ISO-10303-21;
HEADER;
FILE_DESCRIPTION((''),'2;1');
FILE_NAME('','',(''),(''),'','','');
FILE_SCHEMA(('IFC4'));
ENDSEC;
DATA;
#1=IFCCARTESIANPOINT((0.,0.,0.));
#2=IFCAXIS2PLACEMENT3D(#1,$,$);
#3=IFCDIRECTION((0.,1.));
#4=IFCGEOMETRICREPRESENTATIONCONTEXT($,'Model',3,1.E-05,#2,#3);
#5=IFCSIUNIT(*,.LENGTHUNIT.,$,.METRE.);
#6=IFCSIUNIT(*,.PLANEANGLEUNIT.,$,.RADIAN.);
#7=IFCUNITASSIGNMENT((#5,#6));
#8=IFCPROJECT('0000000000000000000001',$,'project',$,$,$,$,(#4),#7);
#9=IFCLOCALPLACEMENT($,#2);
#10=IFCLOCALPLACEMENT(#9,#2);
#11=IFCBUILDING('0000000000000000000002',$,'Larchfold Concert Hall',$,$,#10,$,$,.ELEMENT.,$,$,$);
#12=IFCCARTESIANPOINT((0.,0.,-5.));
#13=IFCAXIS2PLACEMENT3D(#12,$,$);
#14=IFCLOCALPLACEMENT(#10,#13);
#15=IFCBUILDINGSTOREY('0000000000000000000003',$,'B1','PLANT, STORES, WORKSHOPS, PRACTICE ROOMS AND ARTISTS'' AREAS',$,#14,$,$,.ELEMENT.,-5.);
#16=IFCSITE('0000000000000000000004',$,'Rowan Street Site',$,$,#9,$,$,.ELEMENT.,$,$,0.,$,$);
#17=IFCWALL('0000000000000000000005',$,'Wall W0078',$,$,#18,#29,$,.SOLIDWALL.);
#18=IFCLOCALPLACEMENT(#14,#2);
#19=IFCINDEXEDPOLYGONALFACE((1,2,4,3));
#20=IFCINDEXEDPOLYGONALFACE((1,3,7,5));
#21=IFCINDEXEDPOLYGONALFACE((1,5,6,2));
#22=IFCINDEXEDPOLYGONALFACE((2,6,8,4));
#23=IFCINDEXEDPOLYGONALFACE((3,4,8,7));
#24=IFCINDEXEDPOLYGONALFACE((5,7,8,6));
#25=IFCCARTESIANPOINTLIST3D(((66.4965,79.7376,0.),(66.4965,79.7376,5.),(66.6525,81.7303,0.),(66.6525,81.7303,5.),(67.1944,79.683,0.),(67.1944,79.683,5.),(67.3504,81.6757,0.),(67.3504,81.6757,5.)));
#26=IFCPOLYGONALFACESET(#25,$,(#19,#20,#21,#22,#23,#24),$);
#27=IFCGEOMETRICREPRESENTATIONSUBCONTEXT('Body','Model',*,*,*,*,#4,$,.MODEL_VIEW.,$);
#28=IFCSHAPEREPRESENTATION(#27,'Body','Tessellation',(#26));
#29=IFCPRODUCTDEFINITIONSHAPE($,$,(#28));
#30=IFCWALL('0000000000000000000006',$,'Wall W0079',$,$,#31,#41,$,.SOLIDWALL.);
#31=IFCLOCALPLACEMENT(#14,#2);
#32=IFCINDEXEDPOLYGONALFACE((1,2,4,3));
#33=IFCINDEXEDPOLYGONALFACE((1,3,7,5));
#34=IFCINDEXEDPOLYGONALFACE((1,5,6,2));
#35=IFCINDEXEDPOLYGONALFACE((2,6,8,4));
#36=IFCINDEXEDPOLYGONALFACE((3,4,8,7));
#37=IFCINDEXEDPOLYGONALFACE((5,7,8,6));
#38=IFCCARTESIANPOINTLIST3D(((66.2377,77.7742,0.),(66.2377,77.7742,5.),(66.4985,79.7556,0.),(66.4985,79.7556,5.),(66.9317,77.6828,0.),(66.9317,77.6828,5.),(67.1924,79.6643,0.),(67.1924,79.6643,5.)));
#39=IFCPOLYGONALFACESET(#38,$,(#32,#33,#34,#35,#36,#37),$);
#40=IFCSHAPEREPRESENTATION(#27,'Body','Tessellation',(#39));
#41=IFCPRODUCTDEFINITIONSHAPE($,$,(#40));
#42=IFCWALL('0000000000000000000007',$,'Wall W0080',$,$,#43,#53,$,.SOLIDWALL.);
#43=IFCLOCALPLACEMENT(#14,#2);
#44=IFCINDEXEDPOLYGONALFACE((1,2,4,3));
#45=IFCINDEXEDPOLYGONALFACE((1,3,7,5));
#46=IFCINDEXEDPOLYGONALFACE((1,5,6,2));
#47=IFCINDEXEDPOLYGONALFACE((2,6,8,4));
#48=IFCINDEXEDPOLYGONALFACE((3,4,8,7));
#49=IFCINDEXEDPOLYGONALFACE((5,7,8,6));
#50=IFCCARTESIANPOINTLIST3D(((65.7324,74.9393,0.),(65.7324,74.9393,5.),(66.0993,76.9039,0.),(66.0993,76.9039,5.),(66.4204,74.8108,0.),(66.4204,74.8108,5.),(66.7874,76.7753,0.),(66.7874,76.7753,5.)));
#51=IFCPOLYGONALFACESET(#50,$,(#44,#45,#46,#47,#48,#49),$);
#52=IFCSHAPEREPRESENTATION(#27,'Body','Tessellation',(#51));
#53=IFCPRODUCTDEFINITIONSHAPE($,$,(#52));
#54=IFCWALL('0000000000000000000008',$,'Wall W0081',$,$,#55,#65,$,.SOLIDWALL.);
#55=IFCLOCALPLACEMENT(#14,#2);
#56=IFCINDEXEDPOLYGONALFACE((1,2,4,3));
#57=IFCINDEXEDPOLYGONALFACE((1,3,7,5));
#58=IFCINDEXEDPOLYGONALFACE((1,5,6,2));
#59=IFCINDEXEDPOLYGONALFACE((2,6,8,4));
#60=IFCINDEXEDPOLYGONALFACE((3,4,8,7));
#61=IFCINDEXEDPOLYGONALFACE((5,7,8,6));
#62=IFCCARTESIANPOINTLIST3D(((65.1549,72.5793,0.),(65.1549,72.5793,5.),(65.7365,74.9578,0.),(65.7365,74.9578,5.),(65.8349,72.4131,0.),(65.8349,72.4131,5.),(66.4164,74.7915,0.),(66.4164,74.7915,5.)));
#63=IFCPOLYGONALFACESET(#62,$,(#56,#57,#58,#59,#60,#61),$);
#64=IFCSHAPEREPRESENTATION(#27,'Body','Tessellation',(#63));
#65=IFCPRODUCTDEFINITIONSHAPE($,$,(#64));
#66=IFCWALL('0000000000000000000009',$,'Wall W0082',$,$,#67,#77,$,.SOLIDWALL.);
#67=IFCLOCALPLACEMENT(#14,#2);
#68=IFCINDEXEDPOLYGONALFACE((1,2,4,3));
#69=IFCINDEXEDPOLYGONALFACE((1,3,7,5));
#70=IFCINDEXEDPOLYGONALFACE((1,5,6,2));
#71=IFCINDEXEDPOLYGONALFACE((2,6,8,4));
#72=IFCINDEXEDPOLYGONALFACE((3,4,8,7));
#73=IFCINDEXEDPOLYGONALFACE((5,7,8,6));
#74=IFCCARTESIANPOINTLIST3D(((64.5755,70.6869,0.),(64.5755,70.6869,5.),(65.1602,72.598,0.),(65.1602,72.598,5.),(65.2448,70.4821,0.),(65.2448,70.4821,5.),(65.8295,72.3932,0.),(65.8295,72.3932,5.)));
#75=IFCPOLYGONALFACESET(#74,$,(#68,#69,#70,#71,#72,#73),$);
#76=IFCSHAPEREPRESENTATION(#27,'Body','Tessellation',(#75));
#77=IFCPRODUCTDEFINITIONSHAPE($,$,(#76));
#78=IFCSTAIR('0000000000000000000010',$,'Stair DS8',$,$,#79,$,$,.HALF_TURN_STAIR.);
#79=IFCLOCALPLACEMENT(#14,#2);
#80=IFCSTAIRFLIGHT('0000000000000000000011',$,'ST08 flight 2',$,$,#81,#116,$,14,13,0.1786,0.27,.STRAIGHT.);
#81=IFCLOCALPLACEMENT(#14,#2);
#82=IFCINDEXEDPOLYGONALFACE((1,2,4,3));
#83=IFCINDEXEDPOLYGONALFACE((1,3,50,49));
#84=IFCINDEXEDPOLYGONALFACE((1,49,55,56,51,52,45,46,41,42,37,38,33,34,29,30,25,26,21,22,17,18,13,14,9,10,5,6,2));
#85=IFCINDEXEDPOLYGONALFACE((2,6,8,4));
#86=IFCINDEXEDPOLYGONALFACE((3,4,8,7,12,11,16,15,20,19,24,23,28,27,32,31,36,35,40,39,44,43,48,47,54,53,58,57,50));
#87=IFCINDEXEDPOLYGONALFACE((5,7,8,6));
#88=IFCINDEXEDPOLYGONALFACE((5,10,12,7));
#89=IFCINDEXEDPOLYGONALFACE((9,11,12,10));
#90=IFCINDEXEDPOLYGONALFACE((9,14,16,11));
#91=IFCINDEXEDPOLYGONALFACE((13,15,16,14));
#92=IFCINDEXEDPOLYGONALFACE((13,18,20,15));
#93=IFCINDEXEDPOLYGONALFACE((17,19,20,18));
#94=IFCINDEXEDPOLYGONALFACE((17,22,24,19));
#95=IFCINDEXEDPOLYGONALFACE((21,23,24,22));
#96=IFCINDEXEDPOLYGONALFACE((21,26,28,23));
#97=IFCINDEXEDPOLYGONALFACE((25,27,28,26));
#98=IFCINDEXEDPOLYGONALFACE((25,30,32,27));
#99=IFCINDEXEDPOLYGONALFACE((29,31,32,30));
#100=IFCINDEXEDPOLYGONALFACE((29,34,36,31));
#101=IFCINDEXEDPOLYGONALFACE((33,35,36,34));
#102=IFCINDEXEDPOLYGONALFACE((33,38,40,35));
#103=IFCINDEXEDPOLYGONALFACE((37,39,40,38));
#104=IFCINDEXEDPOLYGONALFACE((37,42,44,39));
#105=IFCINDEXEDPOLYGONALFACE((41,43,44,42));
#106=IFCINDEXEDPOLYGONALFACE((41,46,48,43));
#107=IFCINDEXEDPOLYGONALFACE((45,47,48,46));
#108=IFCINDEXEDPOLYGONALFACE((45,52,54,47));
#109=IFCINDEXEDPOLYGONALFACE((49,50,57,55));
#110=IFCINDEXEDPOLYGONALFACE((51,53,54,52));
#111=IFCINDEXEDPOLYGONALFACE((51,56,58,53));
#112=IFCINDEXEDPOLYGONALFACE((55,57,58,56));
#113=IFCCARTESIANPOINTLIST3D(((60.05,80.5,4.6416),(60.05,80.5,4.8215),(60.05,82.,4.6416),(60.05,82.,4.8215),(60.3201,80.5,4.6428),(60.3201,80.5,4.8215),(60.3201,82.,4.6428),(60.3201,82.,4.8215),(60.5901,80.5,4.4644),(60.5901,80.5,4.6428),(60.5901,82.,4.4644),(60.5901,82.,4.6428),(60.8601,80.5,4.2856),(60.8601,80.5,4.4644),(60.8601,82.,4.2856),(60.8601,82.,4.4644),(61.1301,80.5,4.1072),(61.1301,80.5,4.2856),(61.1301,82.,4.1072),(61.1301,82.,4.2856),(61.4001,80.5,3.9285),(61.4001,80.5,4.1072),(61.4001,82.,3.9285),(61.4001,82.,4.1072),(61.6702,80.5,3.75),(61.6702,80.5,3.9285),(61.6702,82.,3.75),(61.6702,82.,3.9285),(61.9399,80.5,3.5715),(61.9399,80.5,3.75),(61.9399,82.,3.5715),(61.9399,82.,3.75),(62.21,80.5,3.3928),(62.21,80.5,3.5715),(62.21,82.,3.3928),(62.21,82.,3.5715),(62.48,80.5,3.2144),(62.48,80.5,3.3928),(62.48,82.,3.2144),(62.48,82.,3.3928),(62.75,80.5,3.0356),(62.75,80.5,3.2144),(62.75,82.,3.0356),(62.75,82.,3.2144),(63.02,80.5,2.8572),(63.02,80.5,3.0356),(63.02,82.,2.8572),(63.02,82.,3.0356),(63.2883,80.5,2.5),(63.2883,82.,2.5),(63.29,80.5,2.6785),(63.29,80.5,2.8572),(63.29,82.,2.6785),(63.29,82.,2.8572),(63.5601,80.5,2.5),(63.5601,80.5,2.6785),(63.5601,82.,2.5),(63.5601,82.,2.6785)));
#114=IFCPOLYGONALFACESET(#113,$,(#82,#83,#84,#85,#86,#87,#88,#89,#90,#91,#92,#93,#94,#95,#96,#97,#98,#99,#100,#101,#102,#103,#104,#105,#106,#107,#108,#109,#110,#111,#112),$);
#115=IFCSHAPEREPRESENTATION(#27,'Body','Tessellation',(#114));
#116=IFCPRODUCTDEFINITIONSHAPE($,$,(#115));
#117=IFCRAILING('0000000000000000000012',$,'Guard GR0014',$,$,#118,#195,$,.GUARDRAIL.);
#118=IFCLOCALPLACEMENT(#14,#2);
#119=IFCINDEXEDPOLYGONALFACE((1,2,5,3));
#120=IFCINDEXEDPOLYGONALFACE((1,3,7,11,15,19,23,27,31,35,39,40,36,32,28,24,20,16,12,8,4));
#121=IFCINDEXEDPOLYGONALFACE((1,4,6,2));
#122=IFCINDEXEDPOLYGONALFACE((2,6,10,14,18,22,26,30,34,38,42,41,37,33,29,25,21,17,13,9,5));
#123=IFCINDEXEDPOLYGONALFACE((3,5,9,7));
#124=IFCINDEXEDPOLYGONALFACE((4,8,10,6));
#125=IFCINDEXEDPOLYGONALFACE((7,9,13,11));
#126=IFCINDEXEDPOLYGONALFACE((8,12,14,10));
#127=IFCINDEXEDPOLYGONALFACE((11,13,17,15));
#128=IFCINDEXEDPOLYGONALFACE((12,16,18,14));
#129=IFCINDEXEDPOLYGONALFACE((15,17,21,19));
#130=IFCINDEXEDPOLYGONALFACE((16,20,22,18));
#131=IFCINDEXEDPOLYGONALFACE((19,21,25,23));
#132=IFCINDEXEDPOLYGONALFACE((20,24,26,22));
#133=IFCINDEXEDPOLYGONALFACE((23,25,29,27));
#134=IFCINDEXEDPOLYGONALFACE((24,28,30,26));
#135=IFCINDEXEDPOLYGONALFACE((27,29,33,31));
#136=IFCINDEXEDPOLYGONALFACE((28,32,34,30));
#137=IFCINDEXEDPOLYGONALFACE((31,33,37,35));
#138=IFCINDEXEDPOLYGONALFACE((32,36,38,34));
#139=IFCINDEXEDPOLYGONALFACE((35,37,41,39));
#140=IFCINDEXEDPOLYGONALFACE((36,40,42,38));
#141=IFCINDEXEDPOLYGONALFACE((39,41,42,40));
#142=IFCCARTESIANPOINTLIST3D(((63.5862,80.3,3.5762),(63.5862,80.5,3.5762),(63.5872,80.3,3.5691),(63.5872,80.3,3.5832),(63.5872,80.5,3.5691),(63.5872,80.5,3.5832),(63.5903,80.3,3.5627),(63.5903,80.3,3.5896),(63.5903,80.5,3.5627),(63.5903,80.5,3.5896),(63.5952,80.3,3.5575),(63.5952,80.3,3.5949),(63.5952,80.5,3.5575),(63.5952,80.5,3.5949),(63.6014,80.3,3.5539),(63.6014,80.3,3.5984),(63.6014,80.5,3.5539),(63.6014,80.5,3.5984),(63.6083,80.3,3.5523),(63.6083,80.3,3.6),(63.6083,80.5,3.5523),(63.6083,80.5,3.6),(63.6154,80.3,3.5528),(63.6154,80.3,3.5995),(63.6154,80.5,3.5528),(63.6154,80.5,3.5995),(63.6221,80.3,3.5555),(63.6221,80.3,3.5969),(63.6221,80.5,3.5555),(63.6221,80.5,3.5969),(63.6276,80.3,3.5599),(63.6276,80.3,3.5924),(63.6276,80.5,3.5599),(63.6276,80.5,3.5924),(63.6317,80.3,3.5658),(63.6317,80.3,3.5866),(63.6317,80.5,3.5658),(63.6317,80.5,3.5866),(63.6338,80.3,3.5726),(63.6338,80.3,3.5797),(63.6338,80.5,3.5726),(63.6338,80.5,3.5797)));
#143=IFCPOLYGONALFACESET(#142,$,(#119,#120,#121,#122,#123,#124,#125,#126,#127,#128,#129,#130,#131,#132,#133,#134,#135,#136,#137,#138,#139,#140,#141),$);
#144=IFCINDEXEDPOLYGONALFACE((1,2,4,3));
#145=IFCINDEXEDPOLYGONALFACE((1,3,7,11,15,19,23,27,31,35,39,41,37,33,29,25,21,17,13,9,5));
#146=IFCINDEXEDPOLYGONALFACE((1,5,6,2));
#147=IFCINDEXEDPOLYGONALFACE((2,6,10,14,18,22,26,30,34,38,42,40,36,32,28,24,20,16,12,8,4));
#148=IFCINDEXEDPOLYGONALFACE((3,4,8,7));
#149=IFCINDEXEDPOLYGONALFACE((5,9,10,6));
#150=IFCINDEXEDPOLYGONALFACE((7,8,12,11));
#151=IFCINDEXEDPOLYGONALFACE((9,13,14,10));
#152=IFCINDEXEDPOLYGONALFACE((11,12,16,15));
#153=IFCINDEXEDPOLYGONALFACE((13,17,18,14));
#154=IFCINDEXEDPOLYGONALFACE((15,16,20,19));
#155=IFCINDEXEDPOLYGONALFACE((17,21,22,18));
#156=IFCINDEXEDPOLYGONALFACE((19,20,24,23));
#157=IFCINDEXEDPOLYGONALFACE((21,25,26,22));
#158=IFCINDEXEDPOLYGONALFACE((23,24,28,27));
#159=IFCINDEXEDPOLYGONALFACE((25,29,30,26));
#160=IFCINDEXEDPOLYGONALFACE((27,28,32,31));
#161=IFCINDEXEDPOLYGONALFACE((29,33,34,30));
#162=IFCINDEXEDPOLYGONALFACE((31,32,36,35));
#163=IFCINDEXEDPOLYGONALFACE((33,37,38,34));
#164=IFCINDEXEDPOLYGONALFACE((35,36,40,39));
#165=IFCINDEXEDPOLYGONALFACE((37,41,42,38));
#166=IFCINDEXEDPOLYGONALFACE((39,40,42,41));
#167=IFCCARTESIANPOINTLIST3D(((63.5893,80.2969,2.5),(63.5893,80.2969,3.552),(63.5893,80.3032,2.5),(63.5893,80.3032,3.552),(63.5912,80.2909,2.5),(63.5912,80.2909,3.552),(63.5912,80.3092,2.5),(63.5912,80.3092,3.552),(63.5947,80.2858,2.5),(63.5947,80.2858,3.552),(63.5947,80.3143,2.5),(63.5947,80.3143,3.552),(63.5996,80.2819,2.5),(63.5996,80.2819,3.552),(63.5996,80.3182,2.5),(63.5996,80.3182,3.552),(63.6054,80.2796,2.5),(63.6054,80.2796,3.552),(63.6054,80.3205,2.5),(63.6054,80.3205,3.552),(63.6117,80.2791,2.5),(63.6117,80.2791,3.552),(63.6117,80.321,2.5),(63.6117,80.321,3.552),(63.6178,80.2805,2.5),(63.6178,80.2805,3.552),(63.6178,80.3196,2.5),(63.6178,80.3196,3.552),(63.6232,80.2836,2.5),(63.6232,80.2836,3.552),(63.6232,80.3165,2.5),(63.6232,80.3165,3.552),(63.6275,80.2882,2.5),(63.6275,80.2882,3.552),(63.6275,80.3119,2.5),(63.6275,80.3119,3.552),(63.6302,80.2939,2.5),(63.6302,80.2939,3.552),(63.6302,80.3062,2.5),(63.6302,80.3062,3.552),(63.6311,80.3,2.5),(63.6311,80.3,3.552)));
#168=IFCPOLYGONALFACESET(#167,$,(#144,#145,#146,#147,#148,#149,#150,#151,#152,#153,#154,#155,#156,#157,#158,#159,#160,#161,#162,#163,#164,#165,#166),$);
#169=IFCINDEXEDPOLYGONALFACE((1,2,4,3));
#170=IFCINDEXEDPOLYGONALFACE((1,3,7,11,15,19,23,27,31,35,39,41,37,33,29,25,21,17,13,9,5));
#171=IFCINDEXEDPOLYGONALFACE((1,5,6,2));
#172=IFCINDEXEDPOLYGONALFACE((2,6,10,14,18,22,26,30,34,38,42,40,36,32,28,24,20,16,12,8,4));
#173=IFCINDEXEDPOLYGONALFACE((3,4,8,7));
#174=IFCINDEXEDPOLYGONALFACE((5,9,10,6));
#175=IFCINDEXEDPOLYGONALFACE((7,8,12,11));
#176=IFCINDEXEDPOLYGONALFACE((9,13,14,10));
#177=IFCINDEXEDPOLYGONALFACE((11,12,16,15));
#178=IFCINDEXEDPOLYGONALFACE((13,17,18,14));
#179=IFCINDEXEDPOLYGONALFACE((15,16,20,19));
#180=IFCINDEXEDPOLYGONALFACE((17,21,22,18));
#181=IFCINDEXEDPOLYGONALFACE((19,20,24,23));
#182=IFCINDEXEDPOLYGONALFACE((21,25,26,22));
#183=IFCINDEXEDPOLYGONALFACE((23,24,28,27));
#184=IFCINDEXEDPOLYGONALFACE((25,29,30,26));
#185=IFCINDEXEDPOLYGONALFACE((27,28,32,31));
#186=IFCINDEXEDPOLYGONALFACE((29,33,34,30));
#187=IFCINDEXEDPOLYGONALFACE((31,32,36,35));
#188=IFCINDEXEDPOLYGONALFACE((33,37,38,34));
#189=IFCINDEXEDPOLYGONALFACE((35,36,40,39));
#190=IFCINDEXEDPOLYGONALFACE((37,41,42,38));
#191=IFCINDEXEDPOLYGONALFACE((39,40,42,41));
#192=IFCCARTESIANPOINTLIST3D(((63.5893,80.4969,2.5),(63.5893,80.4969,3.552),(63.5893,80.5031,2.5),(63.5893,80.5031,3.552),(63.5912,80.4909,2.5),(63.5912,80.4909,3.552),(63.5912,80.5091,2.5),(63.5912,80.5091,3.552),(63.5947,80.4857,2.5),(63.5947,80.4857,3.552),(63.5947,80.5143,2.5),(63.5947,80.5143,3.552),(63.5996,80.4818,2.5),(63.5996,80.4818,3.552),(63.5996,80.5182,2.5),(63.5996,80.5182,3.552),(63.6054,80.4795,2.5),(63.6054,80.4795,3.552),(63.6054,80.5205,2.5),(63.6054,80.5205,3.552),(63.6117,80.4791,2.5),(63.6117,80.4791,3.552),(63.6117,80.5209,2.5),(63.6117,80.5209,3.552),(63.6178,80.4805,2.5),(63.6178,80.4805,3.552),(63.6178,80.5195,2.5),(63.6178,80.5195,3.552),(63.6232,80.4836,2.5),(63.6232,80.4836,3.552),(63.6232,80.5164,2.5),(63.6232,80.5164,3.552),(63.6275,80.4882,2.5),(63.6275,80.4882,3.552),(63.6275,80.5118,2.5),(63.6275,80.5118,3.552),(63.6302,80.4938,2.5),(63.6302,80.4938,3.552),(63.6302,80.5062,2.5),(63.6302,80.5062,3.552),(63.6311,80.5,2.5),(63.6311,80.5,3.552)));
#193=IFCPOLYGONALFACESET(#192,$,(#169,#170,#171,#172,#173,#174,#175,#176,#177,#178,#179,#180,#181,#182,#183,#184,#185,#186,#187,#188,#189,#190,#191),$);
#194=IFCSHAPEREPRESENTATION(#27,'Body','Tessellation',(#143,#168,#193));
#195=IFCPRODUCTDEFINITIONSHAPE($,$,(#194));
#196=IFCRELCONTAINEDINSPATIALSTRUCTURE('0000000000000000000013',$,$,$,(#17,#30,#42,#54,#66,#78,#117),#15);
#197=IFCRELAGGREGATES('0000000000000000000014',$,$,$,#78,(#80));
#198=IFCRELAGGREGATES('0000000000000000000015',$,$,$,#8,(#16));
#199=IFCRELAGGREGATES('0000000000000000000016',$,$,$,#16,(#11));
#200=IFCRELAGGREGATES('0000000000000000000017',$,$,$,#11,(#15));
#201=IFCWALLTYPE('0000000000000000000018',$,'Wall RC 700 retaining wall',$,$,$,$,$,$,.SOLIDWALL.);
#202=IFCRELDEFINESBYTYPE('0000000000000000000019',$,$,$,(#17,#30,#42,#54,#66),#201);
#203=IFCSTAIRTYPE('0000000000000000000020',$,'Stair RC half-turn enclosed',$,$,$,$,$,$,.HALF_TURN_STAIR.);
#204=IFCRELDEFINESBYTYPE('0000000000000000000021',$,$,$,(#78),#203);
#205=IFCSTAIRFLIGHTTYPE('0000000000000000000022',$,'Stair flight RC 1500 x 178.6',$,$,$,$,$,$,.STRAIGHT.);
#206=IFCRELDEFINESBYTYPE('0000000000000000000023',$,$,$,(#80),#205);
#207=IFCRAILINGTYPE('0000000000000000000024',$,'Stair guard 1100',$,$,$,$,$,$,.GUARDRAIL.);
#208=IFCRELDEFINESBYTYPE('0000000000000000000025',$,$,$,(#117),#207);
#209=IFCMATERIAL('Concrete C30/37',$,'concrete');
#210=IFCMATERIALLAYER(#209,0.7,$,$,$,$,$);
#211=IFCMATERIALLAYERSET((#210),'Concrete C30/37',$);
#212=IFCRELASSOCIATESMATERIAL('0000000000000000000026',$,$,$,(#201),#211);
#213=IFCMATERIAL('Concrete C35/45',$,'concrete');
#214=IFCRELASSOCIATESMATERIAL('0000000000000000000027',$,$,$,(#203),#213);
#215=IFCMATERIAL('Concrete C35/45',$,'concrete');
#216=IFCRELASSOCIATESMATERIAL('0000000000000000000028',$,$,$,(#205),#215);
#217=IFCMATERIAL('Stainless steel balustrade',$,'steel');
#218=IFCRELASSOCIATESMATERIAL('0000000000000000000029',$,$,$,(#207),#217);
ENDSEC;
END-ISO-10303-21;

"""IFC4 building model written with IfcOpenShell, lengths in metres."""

from ifc_helpers import new_model, si_unit, direction, frame, frame_2d, origin, origin_2d, place, context, subcontext, project, spatial, polyline, rectangle, circle, outline, extrude, material, layer, layer_set, type_object, element, aggregate, save


model = new_model("IFC4")

# Units and contexts
model_context = context("Model", 3, precision=1e-05, world=origin(), true_north=direction((0.0, 1.0)))
body_context = subcontext(model_context, "Body", "Model", "MODEL_VIEW")
ifc_project = project(units=[si_unit("LENGTHUNIT", "METRE"), si_unit("PLANEANGLEUNIT", "RADIAN")], contexts=[model_context])

# Site, building, storey
site_placement = place(None, origin())
site = spatial("IfcSite", under=ifc_project, at=site_placement, Name="Rowan Street Site", CompositionType="ELEMENT", RefElevation=0.0)
building_placement = place(site_placement, origin())
building = spatial("IfcBuilding", under=site, at=building_placement, Name="Larchfold Concert Hall", CompositionType="ELEMENT")
storey_placement = place(building_placement, frame((0.0, 0.0, -5.0)))
storey = spatial("IfcBuildingStorey", under=building, at=storey_placement, Name="B1", Description="PLANT, STORES, WORKSHOPS, PRACTICE ROOMS AND ARTISTS' AREAS", CompositionType="ELEMENT", Elevation=-5.0)

# Walls
ifc_material_1 = material(Name="Concrete C30/37", Category="concrete")
ifc_layer_1 = layer(ifc_material_1, 0.7)
ifc_layer_set_1 = layer_set([ifc_layer_1], Name="Concrete C30/37")
wall_type_1 = type_object("IfcWallType", Name="Wall RC 700 retaining wall", PredefinedType="SOLIDWALL", material=ifc_layer_set_1)
wall_1_placement = place(storey_placement, frame((67.0015, 81.7031, 0.0), z_axis=(0.0, 0.0, 1.0), x_axis=(-0.078051, -0.996949, 0.0)))
element("IfcWall", 1, at=wall_1_placement, inside=storey, type_object=wall_type_1, Name="Wall W0078", PredefinedType="SOLIDWALL", context=body_context, shape_type="SweptSolid", body=[
    extrude(rectangle(XDim=1.9988, YDim=0.7, at=frame_2d((0.9995, 0.0))), origin(), (0.0, 0.0, 1.0), 5.0),
])
for number, where, z_axis, x_axis, name in (
    (2, (66.8455, 79.71, 0.0), (0.0, 0.0, 1.0), (-0.130467, -0.991453, 0.0), "Wall W0079"),
    (3, (66.4434, 76.8396, 0.0), (0.0, 0.0, 1.0), (-0.183603, -0.983001, 0.0), "Wall W0080"),
):
    element("IfcWall", number, at=place(storey_placement, frame(where, z_axis=z_axis, x_axis=x_axis)), inside=storey, type_object=wall_type_1, Name=name, PredefinedType="SOLIDWALL", context=body_context, shape_type="SweptSolid", body=[
        extrude(rectangle(XDim=1.9985, YDim=0.7, at=frame_2d((0.9993, 0.0))), origin(), (0.0, 0.0, 1.0), 5.0),
    ])
wall_2_placement = place(storey_placement, frame((66.0764, 74.8745, 0.0), z_axis=(0.0, 0.0, 1.0), x_axis=(-0.237512, -0.971385, 0.0)))
element("IfcWall", 4, at=wall_2_placement, inside=storey, type_object=wall_type_1, Name="Wall W0081", PredefinedType="SOLIDWALL", context=body_context, shape_type="SweptSolid", body=[
    extrude(rectangle(XDim=2.4485, YDim=0.7, at=frame_2d((1.2241, 0.0))), origin(), (0.0, 0.0, 1.0), 5.0),
])
wall_3_placement = place(storey_placement, frame((65.4949, 72.4956, 0.0), z_axis=(0.0, 0.0, 1.0), x_axis=(-0.292566, -0.956245, 0.0)))
element("IfcWall", 5, at=wall_3_placement, inside=storey, type_object=wall_type_1, Name="Wall W0082", PredefinedType="SOLIDWALL", context=body_context, shape_type="SweptSolid", body=[
    extrude(rectangle(XDim=1.9985, YDim=0.7, at=frame_2d((0.9993, 0.0))), origin(), (0.0, 0.0, 1.0), 5.0),
])

# Stair, stair flight
ifc_material_2 = material(Name="Concrete C35/45", Category="concrete")
stair_type = type_object("IfcStairType", Name="Stair RC half-turn enclosed", PredefinedType="HALF_TURN_STAIR", material=ifc_material_2)
stair_placement = place(storey_placement, origin())
stair = element("IfcStair", 6, at=stair_placement, inside=storey, type_object=stair_type, Name="Stair DS8", PredefinedType="HALF_TURN_STAIR")
ifc_material_3 = material(Name="Concrete C35/45", Category="concrete")
stair_flight_type = type_object("IfcStairFlightType", Name="Stair flight RC 1500 x 178.6", PredefinedType="STRAIGHT", material=ifc_material_3)
stair_flight_placement = place(storey_placement, frame((63.5601, 81.25, 2.5), z_axis=(0.0, 0.0, 1.0), x_axis=(-1.0, 0.0, 0.0)))
stair_flight = element("IfcStairFlight", 7, at=stair_flight_placement, type_object=stair_flight_type, Name="ST08 flight 2", NumberOfRisers=14, NumberOfTreads=13, PredefinedType="STRAIGHT", RiserHeight=0.1786, TreadLength=0.27, context=body_context, shape_type="SweptSolid", body=[
    extrude(outline(polyline([(0.0, 0.0), (0.0, 0.1785), (0.27, 0.1785), (0.27, 0.3572), (0.54, 0.3572), (0.54, 0.5356), (0.8101, 0.5356), (0.8101, 0.7144), (1.0801, 0.7144), (1.0801, 0.8928), (1.3501, 0.8928), (1.3501, 1.0715), (1.6201, 1.0715), (1.6201, 1.25), (1.8899, 1.25), (1.8899, 1.4285), (2.1599, 1.4285), (2.1599, 1.6072), (2.4299, 1.6072), (2.4299, 1.7856), (2.7, 1.7856), (2.7, 1.9644), (2.97, 1.9644), (2.97, 2.1428), (3.24, 2.1428), (3.24, 2.3215), (3.51, 2.3215), (3.51, 2.5), (3.51, 2.1416), (0.2717, 0.0), (0.0, 0.0)])), frame((0.0, 0.75, 0.0), z_axis=(0.0, -1.0, 0.0), x_axis=(1.0, 0.0, 0.0)), (0.0, 0.0, 1.0), 1.5),
])
aggregate(stair, [stair_flight])

# Railing
ifc_material_4 = material(Name="Stainless steel balustrade", Category="steel")
railing_type_1 = type_object("IfcRailingType", Name="Stair guard 1100", PredefinedType="GUARDRAIL", material=ifc_material_4)
railing_1_placement = place(storey_placement, frame((63.6101, 80.3, 2.5)))
element("IfcRailing", 8, at=railing_1_placement, inside=storey, type_object=railing_type_1, Name="Guard GR0014", PredefinedType="GUARDRAIL", context=body_context, shape_type="SweptSolid", body=[
    extrude(circle(Radius=0.0239, at=origin_2d()), frame((0.0, 0.0, 1.0762), z_axis=(0.0, 1.0, 0.0), x_axis=(-1.0, 0.0, 0.0)), (0.0, 0.0, 1.0), 0.2),
    extrude(circle(Radius=0.021, at=origin_2d()), origin(), (0.0, 0.0, 1.0), 1.052),
    extrude(circle(Radius=0.021, at=origin_2d()), frame((0.0, 0.2, 0.0)), (0.0, 0.0, 1.0), 1.052),
])

save(model, "model.ifc")
